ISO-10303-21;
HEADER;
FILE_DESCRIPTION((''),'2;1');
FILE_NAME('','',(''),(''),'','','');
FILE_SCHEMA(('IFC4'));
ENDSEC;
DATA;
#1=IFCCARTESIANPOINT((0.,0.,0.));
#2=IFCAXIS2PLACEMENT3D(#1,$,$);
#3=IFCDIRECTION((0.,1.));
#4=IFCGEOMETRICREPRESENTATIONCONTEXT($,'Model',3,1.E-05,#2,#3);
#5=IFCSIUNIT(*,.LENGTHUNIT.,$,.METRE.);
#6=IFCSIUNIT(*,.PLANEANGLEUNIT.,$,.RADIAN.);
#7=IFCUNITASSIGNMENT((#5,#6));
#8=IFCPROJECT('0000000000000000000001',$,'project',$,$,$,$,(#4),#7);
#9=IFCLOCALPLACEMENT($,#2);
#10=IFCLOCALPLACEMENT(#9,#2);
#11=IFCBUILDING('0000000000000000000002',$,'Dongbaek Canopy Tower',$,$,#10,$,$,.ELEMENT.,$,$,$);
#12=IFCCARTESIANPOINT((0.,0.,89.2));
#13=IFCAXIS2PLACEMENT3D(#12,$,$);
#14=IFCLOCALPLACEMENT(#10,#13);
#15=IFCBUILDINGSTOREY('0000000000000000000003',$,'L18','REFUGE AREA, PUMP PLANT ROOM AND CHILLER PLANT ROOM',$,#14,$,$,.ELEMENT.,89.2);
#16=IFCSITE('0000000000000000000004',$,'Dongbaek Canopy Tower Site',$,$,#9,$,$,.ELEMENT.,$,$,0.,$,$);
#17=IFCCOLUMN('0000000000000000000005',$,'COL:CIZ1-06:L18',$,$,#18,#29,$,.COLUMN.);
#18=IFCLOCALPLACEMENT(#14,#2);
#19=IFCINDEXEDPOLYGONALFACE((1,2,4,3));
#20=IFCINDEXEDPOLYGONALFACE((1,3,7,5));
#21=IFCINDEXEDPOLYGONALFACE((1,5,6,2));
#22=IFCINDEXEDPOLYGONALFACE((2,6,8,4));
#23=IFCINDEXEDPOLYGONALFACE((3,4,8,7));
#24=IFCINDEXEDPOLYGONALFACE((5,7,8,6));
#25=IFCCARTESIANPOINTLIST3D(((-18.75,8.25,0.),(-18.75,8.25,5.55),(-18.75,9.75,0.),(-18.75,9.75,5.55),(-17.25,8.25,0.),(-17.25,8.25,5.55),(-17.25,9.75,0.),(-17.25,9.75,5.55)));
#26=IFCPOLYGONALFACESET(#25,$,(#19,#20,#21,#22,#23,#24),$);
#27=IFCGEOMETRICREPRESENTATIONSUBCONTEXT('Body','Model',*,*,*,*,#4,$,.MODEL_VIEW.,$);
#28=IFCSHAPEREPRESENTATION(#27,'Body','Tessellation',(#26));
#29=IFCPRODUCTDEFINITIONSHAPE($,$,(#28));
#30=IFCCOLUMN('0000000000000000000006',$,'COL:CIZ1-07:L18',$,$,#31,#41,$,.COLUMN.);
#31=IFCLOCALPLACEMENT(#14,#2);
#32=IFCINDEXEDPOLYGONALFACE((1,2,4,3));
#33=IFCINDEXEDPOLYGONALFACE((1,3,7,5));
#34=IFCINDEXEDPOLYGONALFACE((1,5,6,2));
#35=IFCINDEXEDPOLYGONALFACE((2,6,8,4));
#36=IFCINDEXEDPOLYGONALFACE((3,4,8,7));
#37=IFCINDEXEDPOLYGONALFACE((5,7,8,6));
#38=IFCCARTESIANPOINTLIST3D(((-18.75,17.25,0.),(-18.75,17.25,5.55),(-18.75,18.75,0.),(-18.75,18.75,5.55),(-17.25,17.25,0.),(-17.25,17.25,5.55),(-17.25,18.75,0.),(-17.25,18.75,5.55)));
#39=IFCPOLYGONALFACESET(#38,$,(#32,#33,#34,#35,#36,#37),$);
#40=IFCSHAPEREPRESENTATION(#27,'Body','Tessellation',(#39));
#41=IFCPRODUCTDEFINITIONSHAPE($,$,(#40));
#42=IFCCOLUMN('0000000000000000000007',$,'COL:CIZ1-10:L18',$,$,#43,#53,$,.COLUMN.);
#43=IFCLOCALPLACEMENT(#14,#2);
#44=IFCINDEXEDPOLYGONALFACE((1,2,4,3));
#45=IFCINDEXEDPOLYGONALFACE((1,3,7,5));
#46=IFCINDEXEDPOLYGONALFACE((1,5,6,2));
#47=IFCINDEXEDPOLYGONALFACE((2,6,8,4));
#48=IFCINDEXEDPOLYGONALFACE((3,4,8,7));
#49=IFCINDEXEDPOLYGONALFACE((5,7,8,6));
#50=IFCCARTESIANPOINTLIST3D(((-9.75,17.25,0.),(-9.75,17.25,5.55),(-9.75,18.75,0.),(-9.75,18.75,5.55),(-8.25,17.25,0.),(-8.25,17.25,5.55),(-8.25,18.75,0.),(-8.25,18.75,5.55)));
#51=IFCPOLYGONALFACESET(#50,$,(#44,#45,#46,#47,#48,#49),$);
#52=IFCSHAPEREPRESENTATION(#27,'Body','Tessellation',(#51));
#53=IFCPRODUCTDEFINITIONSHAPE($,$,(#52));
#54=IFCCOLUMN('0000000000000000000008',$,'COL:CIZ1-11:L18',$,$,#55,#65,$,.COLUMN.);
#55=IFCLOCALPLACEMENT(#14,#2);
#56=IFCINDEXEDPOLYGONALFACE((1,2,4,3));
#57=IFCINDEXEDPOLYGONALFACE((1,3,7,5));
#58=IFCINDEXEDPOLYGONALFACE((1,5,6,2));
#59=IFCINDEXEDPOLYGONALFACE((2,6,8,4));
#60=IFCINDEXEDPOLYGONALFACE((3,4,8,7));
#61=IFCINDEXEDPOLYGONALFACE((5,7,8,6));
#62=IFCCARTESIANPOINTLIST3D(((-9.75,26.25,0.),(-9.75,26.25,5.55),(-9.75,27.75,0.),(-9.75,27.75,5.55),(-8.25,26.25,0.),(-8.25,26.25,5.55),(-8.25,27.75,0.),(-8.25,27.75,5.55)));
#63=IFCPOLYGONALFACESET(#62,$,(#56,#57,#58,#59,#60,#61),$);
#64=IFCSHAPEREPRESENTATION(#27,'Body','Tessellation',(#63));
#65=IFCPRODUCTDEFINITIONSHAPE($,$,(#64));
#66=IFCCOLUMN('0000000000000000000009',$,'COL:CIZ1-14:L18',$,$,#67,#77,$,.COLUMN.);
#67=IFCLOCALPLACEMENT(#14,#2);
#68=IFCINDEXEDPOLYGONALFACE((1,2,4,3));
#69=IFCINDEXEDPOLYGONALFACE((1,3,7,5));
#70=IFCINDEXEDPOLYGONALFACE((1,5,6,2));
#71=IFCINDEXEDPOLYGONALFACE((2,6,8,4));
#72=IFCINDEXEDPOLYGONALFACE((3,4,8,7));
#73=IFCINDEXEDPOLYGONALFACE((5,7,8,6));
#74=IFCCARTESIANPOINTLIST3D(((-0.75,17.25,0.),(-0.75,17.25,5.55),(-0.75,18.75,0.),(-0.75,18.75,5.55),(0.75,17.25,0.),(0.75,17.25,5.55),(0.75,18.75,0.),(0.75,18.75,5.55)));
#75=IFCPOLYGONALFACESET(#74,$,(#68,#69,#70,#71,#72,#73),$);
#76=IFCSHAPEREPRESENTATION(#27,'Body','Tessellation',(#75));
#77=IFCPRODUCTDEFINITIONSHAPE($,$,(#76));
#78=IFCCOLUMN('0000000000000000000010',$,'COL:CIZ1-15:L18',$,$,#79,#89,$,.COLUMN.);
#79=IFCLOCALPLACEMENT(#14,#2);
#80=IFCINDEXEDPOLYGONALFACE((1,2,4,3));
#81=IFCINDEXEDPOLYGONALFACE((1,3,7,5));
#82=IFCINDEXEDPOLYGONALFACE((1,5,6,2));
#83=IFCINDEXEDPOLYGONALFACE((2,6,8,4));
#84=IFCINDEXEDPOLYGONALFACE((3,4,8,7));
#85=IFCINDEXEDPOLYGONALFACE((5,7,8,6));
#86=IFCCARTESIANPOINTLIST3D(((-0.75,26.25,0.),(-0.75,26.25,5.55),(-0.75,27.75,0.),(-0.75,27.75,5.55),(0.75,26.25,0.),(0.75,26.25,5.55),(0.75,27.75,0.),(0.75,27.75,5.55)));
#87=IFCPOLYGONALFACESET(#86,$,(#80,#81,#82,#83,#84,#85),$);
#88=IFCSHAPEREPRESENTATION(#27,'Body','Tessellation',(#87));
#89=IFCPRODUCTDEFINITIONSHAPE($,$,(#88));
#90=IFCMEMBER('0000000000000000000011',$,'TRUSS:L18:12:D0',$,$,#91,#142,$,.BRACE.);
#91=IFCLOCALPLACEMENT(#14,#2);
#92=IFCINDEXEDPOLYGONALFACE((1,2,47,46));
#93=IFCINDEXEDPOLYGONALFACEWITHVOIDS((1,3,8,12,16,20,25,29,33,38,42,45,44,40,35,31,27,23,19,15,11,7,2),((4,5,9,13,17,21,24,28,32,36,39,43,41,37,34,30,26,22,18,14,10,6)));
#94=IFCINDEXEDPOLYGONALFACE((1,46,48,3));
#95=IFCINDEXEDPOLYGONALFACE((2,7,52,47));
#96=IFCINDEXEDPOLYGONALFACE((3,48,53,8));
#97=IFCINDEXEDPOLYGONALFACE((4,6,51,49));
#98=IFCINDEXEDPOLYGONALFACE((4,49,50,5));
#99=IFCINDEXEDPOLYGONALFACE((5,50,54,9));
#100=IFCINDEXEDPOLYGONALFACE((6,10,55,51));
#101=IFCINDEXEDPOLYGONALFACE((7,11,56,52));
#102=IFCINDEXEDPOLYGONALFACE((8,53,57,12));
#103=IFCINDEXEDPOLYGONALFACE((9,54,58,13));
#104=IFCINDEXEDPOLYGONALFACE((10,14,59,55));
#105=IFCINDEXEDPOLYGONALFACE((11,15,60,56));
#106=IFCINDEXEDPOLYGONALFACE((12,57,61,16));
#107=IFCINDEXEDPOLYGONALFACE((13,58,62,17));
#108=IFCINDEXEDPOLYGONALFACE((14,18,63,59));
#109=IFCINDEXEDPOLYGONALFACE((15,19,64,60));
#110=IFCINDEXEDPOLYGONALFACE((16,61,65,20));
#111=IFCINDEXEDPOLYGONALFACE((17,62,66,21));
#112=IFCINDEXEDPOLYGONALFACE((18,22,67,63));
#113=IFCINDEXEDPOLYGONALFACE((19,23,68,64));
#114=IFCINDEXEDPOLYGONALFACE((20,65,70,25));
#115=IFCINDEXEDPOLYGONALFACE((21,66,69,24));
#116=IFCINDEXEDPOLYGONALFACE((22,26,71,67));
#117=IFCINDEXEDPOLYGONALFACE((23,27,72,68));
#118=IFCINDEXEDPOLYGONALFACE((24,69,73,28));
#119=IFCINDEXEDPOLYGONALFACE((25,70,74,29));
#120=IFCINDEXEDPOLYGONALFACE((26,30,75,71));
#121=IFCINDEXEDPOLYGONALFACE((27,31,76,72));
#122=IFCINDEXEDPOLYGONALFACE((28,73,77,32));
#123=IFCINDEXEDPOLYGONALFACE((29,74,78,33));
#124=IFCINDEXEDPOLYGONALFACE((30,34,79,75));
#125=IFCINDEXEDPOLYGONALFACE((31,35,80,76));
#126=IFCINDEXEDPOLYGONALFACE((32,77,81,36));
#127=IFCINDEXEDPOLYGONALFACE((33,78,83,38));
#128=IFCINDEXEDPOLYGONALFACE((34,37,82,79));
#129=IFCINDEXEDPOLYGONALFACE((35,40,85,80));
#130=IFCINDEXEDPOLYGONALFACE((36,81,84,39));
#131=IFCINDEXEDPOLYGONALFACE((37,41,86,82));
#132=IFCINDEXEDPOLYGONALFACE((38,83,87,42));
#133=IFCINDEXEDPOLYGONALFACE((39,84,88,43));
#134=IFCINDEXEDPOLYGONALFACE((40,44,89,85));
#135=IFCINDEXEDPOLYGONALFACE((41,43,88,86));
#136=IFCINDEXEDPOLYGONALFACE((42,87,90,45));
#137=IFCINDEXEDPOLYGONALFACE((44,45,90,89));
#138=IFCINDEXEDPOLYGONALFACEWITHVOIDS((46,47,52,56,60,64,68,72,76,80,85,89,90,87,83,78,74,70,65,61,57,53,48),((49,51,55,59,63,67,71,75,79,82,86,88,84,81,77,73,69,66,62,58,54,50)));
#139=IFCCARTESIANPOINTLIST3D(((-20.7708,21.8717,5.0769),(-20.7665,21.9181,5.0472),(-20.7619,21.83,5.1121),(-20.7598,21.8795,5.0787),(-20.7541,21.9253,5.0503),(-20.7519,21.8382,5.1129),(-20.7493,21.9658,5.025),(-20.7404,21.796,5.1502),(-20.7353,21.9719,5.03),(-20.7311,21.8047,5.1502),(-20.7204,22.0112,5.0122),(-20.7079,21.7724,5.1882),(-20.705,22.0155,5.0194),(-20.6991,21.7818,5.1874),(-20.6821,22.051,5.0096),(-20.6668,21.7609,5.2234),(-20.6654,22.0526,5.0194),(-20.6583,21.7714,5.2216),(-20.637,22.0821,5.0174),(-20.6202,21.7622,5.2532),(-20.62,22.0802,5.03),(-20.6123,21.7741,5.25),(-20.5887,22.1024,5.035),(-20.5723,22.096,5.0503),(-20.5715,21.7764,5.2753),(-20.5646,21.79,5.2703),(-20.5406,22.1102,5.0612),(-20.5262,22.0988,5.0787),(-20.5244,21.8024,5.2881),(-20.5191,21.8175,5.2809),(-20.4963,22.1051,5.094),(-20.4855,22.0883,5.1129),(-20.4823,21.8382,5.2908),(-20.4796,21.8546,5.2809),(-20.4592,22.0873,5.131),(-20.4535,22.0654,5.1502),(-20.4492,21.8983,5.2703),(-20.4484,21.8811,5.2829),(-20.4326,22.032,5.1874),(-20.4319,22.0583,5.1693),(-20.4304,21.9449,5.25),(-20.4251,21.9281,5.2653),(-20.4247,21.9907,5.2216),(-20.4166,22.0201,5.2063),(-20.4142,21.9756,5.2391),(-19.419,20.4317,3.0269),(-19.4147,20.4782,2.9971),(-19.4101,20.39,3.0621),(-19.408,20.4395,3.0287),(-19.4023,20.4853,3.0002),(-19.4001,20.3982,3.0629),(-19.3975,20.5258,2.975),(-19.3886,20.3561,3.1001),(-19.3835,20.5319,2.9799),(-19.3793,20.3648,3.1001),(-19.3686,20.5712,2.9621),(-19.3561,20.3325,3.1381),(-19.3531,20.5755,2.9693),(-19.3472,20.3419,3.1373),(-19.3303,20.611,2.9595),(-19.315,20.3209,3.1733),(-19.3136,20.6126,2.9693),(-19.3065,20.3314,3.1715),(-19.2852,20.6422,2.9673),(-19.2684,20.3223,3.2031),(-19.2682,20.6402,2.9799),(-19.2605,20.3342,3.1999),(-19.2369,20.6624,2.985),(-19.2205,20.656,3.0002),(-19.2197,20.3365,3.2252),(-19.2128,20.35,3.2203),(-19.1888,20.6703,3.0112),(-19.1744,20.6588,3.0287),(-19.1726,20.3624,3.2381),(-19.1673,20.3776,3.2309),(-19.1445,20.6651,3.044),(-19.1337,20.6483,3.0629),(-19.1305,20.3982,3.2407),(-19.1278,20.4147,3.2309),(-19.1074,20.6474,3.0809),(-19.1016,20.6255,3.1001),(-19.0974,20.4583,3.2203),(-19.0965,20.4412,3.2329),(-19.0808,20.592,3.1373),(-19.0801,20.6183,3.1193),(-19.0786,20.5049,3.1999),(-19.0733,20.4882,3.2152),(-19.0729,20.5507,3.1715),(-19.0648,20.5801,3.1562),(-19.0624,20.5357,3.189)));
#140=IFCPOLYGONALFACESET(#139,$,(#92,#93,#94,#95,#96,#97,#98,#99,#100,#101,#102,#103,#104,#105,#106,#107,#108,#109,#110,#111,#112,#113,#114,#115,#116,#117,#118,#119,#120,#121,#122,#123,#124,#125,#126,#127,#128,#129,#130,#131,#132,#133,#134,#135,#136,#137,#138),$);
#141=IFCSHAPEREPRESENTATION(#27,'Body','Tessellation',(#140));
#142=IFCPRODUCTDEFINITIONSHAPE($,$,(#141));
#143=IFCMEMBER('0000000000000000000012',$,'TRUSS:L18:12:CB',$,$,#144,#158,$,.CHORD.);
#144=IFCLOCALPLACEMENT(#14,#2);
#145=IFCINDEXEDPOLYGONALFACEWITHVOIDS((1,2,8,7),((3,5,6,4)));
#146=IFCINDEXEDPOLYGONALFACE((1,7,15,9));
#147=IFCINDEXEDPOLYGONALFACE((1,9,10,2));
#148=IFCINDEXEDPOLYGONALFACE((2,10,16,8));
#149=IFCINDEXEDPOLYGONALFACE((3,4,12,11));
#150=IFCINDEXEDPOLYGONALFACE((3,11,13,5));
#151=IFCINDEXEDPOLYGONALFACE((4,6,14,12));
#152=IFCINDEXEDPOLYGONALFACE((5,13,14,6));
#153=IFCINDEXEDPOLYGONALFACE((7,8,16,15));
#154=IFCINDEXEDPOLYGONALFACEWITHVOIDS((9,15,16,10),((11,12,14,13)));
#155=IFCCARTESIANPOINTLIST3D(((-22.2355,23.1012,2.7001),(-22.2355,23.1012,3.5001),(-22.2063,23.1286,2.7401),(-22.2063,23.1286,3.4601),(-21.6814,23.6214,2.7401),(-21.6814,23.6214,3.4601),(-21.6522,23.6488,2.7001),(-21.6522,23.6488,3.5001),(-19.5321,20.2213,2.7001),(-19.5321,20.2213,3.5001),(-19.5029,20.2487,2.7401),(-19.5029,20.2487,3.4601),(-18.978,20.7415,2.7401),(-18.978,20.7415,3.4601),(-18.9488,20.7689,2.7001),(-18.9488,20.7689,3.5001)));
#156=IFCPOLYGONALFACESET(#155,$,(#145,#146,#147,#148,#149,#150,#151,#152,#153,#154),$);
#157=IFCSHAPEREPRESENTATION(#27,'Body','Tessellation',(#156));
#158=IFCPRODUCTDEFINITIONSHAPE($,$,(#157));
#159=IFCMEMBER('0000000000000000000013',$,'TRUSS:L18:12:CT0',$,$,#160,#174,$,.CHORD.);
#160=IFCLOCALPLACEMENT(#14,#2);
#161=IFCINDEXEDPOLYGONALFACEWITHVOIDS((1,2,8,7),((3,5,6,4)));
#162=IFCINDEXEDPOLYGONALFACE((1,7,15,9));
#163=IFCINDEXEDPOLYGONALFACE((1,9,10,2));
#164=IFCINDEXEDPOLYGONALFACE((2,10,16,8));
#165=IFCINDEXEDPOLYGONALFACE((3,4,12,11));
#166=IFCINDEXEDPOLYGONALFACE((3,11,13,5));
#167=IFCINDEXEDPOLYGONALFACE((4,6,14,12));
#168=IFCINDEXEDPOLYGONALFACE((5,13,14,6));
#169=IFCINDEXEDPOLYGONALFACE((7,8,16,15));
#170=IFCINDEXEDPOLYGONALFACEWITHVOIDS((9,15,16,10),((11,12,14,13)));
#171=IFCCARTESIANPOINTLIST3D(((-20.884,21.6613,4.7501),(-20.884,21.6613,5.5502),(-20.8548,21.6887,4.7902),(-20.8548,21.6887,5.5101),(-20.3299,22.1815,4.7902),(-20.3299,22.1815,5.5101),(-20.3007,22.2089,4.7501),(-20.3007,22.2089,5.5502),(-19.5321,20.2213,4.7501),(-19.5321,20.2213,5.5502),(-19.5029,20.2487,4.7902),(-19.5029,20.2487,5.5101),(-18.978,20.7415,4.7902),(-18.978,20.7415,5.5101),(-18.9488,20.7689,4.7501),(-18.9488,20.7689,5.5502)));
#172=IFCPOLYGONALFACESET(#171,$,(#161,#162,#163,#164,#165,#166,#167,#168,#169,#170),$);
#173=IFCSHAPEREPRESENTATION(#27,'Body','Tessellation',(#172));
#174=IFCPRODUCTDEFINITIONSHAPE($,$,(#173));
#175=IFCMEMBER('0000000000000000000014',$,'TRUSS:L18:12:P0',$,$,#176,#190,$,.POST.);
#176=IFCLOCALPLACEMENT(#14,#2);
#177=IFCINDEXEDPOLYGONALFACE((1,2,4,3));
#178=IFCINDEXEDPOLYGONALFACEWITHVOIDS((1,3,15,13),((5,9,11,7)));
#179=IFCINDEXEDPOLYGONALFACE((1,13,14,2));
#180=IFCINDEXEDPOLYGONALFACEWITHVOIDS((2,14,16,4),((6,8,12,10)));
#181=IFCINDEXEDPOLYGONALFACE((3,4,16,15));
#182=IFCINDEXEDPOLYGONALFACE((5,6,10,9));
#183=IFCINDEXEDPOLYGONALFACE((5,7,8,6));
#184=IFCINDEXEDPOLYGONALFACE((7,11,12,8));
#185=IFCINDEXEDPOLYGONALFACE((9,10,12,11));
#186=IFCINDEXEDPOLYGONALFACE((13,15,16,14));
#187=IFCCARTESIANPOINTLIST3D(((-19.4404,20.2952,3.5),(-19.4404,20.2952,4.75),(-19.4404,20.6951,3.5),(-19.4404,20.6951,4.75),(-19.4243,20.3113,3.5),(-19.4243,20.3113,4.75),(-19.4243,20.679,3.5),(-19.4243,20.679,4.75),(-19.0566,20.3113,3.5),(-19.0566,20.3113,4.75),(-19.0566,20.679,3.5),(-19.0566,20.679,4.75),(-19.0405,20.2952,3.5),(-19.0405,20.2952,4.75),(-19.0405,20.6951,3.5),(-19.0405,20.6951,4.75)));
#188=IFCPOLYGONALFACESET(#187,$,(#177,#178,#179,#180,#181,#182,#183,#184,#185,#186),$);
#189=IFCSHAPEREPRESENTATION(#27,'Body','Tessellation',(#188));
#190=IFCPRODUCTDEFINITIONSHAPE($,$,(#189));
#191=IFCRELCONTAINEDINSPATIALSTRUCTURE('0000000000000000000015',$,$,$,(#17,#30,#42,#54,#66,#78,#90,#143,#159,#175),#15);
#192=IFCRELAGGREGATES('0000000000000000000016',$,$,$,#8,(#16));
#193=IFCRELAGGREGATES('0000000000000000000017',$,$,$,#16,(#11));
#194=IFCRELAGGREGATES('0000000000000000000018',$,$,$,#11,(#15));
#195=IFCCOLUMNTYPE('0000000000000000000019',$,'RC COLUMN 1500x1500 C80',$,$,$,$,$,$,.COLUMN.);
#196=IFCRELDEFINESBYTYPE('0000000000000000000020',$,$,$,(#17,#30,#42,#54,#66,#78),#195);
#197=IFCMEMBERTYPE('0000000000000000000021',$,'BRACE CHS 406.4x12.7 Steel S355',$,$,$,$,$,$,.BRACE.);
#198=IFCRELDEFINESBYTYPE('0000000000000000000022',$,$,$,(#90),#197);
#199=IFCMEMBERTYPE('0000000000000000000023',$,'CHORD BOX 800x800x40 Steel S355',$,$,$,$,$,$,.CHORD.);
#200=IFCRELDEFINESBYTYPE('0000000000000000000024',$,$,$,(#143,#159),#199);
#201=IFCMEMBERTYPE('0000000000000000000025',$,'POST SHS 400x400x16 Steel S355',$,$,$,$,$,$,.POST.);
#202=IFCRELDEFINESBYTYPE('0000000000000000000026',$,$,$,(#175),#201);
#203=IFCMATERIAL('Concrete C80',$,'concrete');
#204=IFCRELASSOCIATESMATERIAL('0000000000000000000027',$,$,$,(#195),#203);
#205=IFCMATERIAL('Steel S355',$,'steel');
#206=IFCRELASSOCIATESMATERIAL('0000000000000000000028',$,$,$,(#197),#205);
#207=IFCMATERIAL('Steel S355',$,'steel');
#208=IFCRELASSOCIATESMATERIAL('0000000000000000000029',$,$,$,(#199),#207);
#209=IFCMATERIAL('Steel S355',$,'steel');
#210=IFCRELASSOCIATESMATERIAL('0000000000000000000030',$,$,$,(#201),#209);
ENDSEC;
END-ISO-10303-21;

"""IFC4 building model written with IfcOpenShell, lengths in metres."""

from ifc_helpers import new_model, si_unit, direction, frame, origin, origin_2d, place, context, subcontext, project, spatial, rectangle, hollow_rectangle, hollow_circle, extrude, material, material_profile, profile_set, type_object, element, save


model = new_model("IFC4")

# Units and contexts
model_context = context("Model", 3, precision=1e-05, world=origin(), true_north=direction((0.0, 1.0)))
body_context = subcontext(model_context, "Body", "Model", "MODEL_VIEW")
ifc_project = project(units=[si_unit("LENGTHUNIT", "METRE"), si_unit("PLANEANGLEUNIT", "RADIAN")], contexts=[model_context])

# Site, building, storey
site_placement = place(None, origin())
site = spatial("IfcSite", under=ifc_project, at=site_placement, Name="Dongbaek Canopy Tower Site", CompositionType="ELEMENT", RefElevation=0.0)
building_placement = place(site_placement, origin())
building = spatial("IfcBuilding", under=site, at=building_placement, Name="Dongbaek Canopy Tower", CompositionType="ELEMENT")
storey_placement = place(building_placement, frame((0.0, 0.0, 89.2)))
storey = spatial("IfcBuildingStorey", under=building, at=storey_placement, Name="L18", Description="REFUGE AREA, PUMP PLANT ROOM AND CHILLER PLANT ROOM", CompositionType="ELEMENT", Elevation=89.2)

# Columns
ifc_material_1 = material(Name="Concrete C80", Category="concrete")
ifc_material_profile_1 = material_profile(ifc_material_1, rectangle(XDim=1.5, YDim=1.5, at=origin_2d()), Name="RC COLUMN 1500x1500 C80")
ifc_profile_set_1 = profile_set([ifc_material_profile_1], Name="Concrete C80")
column_type = type_object("IfcColumnType", Name="RC COLUMN 1500x1500 C80", PredefinedType="COLUMN", material=ifc_profile_set_1)
for number, where, z_axis, x_axis, name in (
    (1, (-18.0, 9.0, 0.0), (0.0, 0.0, 1.0), (1.0, 0.0, 0.0), "COL:CIZ1-06:L18"),
    (2, (-18.0, 18.0, 0.0), (0.0, 0.0, 1.0), (1.0, 0.0, 0.0), "COL:CIZ1-07:L18"),
    (3, (-9.0, 18.0, 0.0), (0.0, 0.0, 1.0), (1.0, 0.0, 0.0), "COL:CIZ1-10:L18"),
    (4, (-9.0, 27.0, 0.0), (0.0, 0.0, 1.0), (1.0, 0.0, 0.0), "COL:CIZ1-11:L18"),
    (5, (0.0, 18.0, 0.0), (0.0, 0.0, 1.0), (1.0, 0.0, 0.0), "COL:CIZ1-14:L18"),
    (6, (0.0, 27.0, 0.0), (0.0, 0.0, 1.0), (1.0, 0.0, 0.0), "COL:CIZ1-15:L18"),
):
    element("IfcColumn", number, at=place(storey_placement, frame(where, z_axis=z_axis, x_axis=x_axis)), inside=storey, type_object=column_type, Name=name, PredefinedType="COLUMN", context=body_context, shape_type="SweptSolid", body=[
        extrude(rectangle(XDim=1.5, YDim=1.5, at=origin_2d()), origin(), (0.0, 0.0, 1.0), 5.55),
    ])

# Members
ifc_material_2 = material(Name="Steel S355", Category="steel")
ifc_material_profile_2 = material_profile(ifc_material_2, hollow_circle(Radius=0.2031, WallThickness=0.0127, at=origin_2d()), Name="BRACE CHS 406.4x12.7 Steel S355")
ifc_profile_set_2 = profile_set([ifc_material_profile_2], Name="Steel S355")
member_type_1 = type_object("IfcMemberType", Name="BRACE CHS 406.4x12.7 Steel S355", PredefinedType="BRACE", material=ifc_profile_set_2)
member_1_placement = place(storey_placement, frame((-19.2405, 20.4951, 3.1001), z_axis=(-0.474873, 0.505834, 0.720158), x_axis=(-0.729067, -0.684443, 0.0)))
element("IfcMember", 7, at=member_1_placement, inside=storey, type_object=member_type_1, Name="TRUSS:L18:12:D0", PredefinedType="BRACE", context=body_context, shape_type="SweptSolid", body=[
    extrude(hollow_circle(Radius=0.2031, WallThickness=0.0127, at=origin_2d()), origin(), (0.0, 0.0, 1.0), 2.8467),
])
ifc_material_3 = material(Name="Steel S355", Category="steel")
ifc_material_profile_3 = material_profile(ifc_material_3, hollow_rectangle(XDim=0.8, YDim=0.8, WallThickness=0.04, at=origin_2d()), Name="CHORD BOX 800x800x40 Steel S355")
ifc_profile_set_3 = profile_set([ifc_material_profile_3], Name="Steel S355")
member_type_2 = type_object("IfcMemberType", Name="CHORD BOX 800x800x40 Steel S355", PredefinedType="CHORD", material=ifc_profile_set_3)
member_2_placement = place(storey_placement, frame((-19.2405, 20.4951, 3.1001), z_axis=(-0.68441, 0.729098, 0.0), x_axis=(-0.729098, -0.68441, 0.0)))
element("IfcMember", 8, at=member_2_placement, inside=storey, type_object=member_type_2, Name="TRUSS:L18:12:CB", PredefinedType="CHORD", context=body_context, shape_type="SweptSolid", body=[
    extrude(hollow_rectangle(XDim=0.8, YDim=0.8, WallThickness=0.04, at=origin_2d()), origin(), (0.0, 0.0, 1.0), 3.95),
])
member_3_placement = place(storey_placement, frame((-19.2405, 20.4951, 5.1501), z_axis=(-0.684443, 0.729067, 0.0), x_axis=(-0.729067, -0.684443, 0.0)))
element("IfcMember", 9, at=member_3_placement, inside=storey, type_object=member_type_2, Name="TRUSS:L18:12:CT0", PredefinedType="CHORD", context=body_context, shape_type="SweptSolid", body=[
    extrude(hollow_rectangle(XDim=0.8, YDim=0.8, WallThickness=0.04, at=origin_2d()), origin(), (0.0, 0.0, 1.0), 1.9751),
])
ifc_material_4 = material(Name="Steel S355", Category="steel")
ifc_material_profile_4 = material_profile(ifc_material_4, hollow_rectangle(XDim=0.3999, YDim=0.3999, WallThickness=0.0161, at=origin_2d()), Name="POST SHS 400x400x16 Steel S355")
ifc_profile_set_4 = profile_set([ifc_material_profile_4], Name="Steel S355")
member_type_3 = type_object("IfcMemberType", Name="POST SHS 400x400x16 Steel S355", PredefinedType="POST", material=ifc_profile_set_4)
member_4_placement = place(storey_placement, frame((-19.2405, 20.4951, 3.5), z_axis=(0.0, 0.0, 1.0), x_axis=(1.0, 0.0, 0.0)))
element("IfcMember", 10, at=member_4_placement, inside=storey, type_object=member_type_3, Name="TRUSS:L18:12:P0", PredefinedType="POST", context=body_context, shape_type="SweptSolid", body=[
    extrude(hollow_rectangle(XDim=0.3999, YDim=0.3999, WallThickness=0.0161, at=origin_2d()), origin(), (0.0, 0.0, 1.0), 1.25),
])

save(model, "model.ifc")
